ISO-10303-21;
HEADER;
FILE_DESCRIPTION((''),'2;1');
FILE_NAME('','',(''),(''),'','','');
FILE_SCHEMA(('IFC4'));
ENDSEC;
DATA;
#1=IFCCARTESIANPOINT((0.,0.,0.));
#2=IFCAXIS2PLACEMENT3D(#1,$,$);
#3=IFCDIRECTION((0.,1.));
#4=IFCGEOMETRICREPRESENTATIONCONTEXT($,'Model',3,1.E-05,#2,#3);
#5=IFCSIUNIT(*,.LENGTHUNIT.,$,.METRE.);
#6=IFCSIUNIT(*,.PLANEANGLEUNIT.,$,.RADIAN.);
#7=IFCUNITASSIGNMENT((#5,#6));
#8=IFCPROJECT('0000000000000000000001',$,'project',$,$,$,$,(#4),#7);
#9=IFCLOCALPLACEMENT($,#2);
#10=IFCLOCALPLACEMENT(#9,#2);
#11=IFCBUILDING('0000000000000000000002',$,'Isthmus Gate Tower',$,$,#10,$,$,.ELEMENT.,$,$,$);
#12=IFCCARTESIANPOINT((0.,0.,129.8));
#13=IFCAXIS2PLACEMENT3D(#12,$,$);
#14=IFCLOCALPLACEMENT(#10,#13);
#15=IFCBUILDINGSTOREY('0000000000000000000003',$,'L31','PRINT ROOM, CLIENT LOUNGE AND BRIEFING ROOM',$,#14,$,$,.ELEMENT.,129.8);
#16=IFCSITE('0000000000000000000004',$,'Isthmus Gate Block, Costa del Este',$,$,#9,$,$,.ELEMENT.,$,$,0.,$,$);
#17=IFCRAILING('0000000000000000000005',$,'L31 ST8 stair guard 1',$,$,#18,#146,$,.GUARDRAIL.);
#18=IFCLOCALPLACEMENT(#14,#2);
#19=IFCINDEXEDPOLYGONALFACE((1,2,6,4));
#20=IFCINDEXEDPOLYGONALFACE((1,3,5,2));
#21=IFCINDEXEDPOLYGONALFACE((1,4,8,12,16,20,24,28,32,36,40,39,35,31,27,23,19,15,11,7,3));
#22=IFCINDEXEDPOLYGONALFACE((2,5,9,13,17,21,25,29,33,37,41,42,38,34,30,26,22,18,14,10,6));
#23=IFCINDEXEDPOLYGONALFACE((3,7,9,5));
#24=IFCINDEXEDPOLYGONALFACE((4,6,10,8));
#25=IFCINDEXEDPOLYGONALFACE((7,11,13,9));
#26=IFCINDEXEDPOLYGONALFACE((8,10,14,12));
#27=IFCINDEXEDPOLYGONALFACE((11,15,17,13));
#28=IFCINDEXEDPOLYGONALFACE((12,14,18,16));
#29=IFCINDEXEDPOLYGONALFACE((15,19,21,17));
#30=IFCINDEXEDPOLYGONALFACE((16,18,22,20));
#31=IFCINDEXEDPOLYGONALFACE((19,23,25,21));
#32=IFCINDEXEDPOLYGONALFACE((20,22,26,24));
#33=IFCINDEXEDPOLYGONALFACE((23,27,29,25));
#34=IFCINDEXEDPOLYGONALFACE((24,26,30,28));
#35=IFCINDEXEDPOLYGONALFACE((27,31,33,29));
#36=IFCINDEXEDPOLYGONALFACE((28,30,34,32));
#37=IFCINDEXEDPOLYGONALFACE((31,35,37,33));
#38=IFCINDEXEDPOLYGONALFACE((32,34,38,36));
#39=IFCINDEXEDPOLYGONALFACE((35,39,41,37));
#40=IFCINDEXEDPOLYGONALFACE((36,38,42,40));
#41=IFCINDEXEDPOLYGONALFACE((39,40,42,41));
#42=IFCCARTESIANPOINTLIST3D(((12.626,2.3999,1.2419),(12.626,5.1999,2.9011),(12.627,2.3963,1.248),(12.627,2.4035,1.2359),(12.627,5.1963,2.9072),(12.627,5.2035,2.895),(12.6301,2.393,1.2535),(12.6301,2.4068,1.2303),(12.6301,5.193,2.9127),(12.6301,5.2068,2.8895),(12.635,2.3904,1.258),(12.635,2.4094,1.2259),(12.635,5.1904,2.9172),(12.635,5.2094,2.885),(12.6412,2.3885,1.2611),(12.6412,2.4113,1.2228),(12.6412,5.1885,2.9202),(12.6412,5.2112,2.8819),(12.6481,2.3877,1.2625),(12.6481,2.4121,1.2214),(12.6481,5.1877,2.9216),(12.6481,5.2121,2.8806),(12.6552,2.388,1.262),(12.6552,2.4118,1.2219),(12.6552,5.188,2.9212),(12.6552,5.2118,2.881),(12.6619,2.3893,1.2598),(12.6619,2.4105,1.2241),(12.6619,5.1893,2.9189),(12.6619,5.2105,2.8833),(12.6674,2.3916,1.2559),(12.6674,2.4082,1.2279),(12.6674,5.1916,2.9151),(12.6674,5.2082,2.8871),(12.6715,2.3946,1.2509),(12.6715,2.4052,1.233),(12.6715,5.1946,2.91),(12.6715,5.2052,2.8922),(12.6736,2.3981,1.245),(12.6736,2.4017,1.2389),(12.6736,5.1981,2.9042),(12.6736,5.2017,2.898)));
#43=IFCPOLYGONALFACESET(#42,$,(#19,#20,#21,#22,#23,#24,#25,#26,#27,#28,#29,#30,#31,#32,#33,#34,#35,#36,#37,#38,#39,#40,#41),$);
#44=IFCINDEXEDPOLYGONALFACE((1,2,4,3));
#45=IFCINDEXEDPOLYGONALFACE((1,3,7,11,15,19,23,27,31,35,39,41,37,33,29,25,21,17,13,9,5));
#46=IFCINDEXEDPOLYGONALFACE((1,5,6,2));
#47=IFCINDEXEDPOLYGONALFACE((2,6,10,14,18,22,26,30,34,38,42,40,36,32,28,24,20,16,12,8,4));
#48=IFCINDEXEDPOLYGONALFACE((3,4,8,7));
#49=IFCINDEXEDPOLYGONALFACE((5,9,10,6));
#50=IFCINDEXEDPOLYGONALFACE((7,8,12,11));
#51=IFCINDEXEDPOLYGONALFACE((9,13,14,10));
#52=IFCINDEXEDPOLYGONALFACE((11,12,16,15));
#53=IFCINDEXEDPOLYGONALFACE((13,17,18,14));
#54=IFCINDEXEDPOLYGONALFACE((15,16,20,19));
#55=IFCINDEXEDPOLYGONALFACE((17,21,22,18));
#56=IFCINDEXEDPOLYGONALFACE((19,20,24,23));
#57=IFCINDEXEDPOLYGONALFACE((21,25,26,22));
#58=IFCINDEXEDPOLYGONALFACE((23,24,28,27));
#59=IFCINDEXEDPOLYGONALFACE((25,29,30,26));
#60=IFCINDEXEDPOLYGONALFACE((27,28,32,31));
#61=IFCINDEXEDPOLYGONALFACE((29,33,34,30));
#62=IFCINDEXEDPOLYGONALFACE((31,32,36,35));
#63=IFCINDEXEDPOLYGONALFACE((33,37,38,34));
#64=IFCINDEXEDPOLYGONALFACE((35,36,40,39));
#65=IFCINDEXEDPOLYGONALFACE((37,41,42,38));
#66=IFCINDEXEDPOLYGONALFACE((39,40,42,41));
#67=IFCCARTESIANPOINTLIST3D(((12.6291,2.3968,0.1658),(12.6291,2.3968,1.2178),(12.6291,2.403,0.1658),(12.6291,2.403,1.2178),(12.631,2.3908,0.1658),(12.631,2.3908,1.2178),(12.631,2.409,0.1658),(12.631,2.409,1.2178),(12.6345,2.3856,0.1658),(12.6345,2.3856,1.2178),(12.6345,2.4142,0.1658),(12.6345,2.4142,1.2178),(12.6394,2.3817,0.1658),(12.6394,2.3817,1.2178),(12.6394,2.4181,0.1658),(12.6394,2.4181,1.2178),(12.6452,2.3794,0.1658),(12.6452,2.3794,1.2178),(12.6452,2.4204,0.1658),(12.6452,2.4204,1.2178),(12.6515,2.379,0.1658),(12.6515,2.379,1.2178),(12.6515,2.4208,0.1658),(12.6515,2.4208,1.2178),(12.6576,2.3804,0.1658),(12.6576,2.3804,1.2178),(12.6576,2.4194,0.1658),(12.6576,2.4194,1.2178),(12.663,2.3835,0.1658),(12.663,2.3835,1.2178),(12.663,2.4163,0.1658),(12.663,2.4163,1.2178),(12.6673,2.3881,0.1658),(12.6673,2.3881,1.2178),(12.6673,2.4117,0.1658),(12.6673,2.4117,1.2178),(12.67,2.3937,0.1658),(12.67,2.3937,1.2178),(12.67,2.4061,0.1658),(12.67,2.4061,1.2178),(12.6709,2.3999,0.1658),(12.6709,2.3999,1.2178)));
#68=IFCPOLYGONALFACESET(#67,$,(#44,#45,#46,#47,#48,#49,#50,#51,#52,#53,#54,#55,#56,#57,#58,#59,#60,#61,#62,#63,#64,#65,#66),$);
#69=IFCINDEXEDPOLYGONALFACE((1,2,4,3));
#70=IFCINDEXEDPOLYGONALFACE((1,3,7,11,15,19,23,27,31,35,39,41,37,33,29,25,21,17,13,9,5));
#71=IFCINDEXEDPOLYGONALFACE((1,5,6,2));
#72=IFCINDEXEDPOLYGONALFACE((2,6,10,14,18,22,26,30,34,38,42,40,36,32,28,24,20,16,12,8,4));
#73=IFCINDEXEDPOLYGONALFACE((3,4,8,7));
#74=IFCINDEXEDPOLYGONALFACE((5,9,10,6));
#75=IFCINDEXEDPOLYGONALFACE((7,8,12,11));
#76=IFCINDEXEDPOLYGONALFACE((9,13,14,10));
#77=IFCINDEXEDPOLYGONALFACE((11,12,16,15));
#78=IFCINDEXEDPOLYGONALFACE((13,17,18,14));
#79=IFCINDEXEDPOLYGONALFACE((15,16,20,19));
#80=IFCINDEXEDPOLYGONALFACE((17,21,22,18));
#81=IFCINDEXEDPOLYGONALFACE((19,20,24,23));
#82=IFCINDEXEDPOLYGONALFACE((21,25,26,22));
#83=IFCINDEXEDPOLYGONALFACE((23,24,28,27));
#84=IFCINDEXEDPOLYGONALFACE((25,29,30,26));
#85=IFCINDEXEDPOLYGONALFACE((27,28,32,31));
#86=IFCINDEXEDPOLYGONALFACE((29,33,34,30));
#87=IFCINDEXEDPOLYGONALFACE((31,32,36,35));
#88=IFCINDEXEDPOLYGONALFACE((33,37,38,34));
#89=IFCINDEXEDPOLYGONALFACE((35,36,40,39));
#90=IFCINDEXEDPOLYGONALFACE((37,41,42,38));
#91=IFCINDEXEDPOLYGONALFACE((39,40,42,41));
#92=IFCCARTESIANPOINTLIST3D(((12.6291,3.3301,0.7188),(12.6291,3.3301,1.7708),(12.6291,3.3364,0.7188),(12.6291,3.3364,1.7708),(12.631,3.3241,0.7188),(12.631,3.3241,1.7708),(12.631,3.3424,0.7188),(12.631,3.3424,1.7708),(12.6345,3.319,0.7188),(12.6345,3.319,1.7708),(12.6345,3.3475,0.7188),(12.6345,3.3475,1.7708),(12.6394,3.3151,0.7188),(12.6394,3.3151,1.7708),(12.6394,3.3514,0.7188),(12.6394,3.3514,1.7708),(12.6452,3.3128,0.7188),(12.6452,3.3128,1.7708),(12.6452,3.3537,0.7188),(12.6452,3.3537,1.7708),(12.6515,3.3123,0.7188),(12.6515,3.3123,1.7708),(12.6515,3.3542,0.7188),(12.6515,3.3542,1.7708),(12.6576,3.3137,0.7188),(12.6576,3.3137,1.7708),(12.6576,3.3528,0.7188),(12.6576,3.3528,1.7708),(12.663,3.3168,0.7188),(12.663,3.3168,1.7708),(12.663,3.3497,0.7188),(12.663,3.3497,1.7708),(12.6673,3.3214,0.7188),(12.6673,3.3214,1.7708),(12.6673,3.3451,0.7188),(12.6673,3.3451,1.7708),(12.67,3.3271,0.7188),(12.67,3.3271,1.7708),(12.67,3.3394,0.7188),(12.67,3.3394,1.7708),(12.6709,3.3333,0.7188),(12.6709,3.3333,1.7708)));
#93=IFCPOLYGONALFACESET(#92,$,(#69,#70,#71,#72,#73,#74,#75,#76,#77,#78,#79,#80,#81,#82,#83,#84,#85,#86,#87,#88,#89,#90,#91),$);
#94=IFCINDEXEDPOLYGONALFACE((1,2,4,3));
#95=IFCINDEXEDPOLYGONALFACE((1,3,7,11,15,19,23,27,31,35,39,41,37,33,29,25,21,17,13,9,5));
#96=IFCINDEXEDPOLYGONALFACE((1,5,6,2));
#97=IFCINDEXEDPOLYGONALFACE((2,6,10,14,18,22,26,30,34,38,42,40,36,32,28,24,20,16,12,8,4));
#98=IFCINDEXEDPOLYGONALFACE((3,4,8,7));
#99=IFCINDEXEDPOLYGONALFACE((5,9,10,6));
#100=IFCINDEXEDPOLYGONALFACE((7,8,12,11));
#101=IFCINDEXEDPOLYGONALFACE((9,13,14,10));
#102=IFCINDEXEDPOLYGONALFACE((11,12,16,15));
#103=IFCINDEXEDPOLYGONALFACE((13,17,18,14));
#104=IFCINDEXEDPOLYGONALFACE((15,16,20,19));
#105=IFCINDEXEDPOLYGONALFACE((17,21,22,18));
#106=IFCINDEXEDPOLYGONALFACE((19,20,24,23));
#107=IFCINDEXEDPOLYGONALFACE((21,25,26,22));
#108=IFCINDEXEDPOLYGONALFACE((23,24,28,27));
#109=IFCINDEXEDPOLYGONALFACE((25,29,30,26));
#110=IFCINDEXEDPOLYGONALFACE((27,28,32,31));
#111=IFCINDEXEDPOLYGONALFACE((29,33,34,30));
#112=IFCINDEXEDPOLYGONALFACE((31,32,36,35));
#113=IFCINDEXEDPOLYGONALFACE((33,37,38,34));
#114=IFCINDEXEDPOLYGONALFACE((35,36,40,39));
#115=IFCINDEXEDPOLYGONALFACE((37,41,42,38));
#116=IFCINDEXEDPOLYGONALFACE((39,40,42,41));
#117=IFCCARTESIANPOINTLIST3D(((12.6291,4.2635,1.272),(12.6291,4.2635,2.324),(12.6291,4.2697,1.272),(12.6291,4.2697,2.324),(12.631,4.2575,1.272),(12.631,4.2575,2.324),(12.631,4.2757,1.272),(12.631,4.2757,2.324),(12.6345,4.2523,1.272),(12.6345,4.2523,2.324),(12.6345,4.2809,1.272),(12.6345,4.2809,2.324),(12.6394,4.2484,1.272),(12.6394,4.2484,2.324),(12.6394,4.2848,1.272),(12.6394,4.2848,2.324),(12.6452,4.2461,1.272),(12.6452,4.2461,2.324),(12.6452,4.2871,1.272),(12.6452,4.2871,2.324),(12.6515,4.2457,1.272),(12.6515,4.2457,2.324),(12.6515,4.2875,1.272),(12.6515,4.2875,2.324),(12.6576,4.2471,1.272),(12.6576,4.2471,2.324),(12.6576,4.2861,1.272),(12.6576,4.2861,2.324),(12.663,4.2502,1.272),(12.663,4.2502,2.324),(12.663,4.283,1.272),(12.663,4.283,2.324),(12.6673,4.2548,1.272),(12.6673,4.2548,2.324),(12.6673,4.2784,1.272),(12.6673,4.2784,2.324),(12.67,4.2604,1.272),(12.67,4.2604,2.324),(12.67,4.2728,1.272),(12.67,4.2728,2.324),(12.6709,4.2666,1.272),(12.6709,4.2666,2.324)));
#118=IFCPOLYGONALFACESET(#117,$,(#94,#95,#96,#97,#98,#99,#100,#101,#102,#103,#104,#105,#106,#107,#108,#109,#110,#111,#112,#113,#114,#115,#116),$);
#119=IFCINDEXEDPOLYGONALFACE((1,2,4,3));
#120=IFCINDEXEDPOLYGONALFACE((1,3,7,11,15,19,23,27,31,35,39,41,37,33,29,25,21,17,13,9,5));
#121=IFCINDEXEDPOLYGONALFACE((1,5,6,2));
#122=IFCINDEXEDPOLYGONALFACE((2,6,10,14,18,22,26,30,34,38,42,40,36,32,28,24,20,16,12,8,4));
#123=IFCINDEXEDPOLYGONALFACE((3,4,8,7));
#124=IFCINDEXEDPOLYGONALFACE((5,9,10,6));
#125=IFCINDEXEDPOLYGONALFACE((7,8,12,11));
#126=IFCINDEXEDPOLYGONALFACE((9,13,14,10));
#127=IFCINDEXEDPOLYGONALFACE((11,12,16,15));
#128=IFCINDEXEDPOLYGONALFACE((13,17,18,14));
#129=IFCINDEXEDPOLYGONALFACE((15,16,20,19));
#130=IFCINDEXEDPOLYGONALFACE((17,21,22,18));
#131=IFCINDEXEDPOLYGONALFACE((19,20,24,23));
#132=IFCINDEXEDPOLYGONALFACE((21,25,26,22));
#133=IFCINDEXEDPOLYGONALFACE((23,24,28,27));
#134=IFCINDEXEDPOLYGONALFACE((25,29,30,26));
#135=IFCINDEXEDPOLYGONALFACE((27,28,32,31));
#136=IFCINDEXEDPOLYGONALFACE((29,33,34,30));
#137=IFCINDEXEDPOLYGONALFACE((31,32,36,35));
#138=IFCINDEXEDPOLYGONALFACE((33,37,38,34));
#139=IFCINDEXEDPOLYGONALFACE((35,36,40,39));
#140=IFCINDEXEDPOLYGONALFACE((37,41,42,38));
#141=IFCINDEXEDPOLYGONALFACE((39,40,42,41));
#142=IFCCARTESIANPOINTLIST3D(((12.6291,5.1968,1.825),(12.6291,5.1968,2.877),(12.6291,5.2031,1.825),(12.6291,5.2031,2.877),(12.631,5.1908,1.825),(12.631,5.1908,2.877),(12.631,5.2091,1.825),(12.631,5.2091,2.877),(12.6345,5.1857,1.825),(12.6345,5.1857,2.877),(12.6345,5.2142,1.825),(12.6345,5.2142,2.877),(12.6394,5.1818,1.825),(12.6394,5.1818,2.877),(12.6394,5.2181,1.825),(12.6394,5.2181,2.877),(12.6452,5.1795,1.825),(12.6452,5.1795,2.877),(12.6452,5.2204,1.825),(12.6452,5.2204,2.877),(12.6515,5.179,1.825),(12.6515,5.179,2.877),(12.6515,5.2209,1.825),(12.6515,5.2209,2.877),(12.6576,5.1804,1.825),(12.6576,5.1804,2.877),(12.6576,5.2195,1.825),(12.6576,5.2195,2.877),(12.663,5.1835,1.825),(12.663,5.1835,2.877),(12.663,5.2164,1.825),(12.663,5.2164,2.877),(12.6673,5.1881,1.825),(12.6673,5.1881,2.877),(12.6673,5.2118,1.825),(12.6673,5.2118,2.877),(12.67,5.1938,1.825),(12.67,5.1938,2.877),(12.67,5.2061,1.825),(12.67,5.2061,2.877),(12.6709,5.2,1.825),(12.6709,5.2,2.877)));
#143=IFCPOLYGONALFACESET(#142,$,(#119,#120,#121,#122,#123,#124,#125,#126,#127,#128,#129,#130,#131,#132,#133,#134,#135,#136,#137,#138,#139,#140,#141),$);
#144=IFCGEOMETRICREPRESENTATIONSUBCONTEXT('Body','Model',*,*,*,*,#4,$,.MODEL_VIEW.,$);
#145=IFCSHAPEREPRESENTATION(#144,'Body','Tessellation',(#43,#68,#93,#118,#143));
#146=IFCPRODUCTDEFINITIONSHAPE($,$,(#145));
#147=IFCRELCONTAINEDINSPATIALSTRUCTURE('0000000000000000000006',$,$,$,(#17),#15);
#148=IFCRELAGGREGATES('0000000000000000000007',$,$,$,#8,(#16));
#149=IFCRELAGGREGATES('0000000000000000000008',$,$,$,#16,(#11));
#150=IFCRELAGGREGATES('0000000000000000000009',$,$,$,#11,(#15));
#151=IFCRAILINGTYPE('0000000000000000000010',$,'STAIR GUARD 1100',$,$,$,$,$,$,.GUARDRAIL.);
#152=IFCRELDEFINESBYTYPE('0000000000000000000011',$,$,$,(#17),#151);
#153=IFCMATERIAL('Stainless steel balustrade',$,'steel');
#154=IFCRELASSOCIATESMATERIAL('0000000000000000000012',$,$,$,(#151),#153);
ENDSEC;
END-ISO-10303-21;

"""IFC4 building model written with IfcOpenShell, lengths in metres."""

from ifc_helpers import new_model, si_unit, direction, frame, origin, origin_2d, place, context, subcontext, project, spatial, circle, extrude, material, type_object, element, save


model = new_model("IFC4")

# Units and contexts
model_context = context("Model", 3, precision=1e-05, world=origin(), true_north=direction((0.0, 1.0)))
body_context = subcontext(model_context, "Body", "Model", "MODEL_VIEW")
ifc_project = project(units=[si_unit("LENGTHUNIT", "METRE"), si_unit("PLANEANGLEUNIT", "RADIAN")], contexts=[model_context])

# Site, building, storey
site_placement = place(None, origin())
site = spatial("IfcSite", under=ifc_project, at=site_placement, Name="Isthmus Gate Block, Costa del Este", CompositionType="ELEMENT", RefElevation=0.0)
building_placement = place(site_placement, origin())
building = spatial("IfcBuilding", under=site, at=building_placement, Name="Isthmus Gate Tower", CompositionType="ELEMENT")
storey_placement = place(building_placement, frame((0.0, 0.0, 129.8)))
storey = spatial("IfcBuildingStorey", under=building, at=storey_placement, Name="L31", Description="PRINT ROOM, CLIENT LOUNGE AND BRIEFING ROOM", CompositionType="ELEMENT", Elevation=129.8)

# Railing
ifc_material_1 = material(Name="Stainless steel balustrade", Category="steel")
railing_type_1 = type_object("IfcRailingType", Name="STAIR GUARD 1100", PredefinedType="GUARDRAIL", material=ifc_material_1)
railing_1_placement = place(storey_placement, frame((12.6499, 2.3999, 0.1658)))
element("IfcRailing", 1, at=railing_1_placement, inside=storey, type_object=railing_type_1, Name="L31 ST8 stair guard 1", PredefinedType="GUARDRAIL", context=body_context, shape_type="SweptSolid", body=[
    extrude(circle(Radius=0.0239, at=origin_2d()), frame((0.0, 0.0, 1.0762), z_axis=(0.0, 0.860306, 0.509778), x_axis=(-1.0, 0.0, 0.0)), (0.0, 0.0, 1.0), 3.2546),
    extrude(circle(Radius=0.021, at=origin_2d()), origin(), (0.0, 0.0, 1.0), 1.052),
    extrude(circle(Radius=0.021, at=origin_2d()), frame((0.0, 0.9333, 0.553)), (0.0, 0.0, 1.0), 1.052),
    extrude(circle(Radius=0.021, at=origin_2d()), frame((0.0, 1.8667, 1.1062)), (0.0, 0.0, 1.0), 1.052),
    extrude(circle(Radius=0.021, at=origin_2d()), frame((0.0, 2.8, 1.6592)), (0.0, 0.0, 1.0), 1.052),
])

save(model, "model.ifc")
